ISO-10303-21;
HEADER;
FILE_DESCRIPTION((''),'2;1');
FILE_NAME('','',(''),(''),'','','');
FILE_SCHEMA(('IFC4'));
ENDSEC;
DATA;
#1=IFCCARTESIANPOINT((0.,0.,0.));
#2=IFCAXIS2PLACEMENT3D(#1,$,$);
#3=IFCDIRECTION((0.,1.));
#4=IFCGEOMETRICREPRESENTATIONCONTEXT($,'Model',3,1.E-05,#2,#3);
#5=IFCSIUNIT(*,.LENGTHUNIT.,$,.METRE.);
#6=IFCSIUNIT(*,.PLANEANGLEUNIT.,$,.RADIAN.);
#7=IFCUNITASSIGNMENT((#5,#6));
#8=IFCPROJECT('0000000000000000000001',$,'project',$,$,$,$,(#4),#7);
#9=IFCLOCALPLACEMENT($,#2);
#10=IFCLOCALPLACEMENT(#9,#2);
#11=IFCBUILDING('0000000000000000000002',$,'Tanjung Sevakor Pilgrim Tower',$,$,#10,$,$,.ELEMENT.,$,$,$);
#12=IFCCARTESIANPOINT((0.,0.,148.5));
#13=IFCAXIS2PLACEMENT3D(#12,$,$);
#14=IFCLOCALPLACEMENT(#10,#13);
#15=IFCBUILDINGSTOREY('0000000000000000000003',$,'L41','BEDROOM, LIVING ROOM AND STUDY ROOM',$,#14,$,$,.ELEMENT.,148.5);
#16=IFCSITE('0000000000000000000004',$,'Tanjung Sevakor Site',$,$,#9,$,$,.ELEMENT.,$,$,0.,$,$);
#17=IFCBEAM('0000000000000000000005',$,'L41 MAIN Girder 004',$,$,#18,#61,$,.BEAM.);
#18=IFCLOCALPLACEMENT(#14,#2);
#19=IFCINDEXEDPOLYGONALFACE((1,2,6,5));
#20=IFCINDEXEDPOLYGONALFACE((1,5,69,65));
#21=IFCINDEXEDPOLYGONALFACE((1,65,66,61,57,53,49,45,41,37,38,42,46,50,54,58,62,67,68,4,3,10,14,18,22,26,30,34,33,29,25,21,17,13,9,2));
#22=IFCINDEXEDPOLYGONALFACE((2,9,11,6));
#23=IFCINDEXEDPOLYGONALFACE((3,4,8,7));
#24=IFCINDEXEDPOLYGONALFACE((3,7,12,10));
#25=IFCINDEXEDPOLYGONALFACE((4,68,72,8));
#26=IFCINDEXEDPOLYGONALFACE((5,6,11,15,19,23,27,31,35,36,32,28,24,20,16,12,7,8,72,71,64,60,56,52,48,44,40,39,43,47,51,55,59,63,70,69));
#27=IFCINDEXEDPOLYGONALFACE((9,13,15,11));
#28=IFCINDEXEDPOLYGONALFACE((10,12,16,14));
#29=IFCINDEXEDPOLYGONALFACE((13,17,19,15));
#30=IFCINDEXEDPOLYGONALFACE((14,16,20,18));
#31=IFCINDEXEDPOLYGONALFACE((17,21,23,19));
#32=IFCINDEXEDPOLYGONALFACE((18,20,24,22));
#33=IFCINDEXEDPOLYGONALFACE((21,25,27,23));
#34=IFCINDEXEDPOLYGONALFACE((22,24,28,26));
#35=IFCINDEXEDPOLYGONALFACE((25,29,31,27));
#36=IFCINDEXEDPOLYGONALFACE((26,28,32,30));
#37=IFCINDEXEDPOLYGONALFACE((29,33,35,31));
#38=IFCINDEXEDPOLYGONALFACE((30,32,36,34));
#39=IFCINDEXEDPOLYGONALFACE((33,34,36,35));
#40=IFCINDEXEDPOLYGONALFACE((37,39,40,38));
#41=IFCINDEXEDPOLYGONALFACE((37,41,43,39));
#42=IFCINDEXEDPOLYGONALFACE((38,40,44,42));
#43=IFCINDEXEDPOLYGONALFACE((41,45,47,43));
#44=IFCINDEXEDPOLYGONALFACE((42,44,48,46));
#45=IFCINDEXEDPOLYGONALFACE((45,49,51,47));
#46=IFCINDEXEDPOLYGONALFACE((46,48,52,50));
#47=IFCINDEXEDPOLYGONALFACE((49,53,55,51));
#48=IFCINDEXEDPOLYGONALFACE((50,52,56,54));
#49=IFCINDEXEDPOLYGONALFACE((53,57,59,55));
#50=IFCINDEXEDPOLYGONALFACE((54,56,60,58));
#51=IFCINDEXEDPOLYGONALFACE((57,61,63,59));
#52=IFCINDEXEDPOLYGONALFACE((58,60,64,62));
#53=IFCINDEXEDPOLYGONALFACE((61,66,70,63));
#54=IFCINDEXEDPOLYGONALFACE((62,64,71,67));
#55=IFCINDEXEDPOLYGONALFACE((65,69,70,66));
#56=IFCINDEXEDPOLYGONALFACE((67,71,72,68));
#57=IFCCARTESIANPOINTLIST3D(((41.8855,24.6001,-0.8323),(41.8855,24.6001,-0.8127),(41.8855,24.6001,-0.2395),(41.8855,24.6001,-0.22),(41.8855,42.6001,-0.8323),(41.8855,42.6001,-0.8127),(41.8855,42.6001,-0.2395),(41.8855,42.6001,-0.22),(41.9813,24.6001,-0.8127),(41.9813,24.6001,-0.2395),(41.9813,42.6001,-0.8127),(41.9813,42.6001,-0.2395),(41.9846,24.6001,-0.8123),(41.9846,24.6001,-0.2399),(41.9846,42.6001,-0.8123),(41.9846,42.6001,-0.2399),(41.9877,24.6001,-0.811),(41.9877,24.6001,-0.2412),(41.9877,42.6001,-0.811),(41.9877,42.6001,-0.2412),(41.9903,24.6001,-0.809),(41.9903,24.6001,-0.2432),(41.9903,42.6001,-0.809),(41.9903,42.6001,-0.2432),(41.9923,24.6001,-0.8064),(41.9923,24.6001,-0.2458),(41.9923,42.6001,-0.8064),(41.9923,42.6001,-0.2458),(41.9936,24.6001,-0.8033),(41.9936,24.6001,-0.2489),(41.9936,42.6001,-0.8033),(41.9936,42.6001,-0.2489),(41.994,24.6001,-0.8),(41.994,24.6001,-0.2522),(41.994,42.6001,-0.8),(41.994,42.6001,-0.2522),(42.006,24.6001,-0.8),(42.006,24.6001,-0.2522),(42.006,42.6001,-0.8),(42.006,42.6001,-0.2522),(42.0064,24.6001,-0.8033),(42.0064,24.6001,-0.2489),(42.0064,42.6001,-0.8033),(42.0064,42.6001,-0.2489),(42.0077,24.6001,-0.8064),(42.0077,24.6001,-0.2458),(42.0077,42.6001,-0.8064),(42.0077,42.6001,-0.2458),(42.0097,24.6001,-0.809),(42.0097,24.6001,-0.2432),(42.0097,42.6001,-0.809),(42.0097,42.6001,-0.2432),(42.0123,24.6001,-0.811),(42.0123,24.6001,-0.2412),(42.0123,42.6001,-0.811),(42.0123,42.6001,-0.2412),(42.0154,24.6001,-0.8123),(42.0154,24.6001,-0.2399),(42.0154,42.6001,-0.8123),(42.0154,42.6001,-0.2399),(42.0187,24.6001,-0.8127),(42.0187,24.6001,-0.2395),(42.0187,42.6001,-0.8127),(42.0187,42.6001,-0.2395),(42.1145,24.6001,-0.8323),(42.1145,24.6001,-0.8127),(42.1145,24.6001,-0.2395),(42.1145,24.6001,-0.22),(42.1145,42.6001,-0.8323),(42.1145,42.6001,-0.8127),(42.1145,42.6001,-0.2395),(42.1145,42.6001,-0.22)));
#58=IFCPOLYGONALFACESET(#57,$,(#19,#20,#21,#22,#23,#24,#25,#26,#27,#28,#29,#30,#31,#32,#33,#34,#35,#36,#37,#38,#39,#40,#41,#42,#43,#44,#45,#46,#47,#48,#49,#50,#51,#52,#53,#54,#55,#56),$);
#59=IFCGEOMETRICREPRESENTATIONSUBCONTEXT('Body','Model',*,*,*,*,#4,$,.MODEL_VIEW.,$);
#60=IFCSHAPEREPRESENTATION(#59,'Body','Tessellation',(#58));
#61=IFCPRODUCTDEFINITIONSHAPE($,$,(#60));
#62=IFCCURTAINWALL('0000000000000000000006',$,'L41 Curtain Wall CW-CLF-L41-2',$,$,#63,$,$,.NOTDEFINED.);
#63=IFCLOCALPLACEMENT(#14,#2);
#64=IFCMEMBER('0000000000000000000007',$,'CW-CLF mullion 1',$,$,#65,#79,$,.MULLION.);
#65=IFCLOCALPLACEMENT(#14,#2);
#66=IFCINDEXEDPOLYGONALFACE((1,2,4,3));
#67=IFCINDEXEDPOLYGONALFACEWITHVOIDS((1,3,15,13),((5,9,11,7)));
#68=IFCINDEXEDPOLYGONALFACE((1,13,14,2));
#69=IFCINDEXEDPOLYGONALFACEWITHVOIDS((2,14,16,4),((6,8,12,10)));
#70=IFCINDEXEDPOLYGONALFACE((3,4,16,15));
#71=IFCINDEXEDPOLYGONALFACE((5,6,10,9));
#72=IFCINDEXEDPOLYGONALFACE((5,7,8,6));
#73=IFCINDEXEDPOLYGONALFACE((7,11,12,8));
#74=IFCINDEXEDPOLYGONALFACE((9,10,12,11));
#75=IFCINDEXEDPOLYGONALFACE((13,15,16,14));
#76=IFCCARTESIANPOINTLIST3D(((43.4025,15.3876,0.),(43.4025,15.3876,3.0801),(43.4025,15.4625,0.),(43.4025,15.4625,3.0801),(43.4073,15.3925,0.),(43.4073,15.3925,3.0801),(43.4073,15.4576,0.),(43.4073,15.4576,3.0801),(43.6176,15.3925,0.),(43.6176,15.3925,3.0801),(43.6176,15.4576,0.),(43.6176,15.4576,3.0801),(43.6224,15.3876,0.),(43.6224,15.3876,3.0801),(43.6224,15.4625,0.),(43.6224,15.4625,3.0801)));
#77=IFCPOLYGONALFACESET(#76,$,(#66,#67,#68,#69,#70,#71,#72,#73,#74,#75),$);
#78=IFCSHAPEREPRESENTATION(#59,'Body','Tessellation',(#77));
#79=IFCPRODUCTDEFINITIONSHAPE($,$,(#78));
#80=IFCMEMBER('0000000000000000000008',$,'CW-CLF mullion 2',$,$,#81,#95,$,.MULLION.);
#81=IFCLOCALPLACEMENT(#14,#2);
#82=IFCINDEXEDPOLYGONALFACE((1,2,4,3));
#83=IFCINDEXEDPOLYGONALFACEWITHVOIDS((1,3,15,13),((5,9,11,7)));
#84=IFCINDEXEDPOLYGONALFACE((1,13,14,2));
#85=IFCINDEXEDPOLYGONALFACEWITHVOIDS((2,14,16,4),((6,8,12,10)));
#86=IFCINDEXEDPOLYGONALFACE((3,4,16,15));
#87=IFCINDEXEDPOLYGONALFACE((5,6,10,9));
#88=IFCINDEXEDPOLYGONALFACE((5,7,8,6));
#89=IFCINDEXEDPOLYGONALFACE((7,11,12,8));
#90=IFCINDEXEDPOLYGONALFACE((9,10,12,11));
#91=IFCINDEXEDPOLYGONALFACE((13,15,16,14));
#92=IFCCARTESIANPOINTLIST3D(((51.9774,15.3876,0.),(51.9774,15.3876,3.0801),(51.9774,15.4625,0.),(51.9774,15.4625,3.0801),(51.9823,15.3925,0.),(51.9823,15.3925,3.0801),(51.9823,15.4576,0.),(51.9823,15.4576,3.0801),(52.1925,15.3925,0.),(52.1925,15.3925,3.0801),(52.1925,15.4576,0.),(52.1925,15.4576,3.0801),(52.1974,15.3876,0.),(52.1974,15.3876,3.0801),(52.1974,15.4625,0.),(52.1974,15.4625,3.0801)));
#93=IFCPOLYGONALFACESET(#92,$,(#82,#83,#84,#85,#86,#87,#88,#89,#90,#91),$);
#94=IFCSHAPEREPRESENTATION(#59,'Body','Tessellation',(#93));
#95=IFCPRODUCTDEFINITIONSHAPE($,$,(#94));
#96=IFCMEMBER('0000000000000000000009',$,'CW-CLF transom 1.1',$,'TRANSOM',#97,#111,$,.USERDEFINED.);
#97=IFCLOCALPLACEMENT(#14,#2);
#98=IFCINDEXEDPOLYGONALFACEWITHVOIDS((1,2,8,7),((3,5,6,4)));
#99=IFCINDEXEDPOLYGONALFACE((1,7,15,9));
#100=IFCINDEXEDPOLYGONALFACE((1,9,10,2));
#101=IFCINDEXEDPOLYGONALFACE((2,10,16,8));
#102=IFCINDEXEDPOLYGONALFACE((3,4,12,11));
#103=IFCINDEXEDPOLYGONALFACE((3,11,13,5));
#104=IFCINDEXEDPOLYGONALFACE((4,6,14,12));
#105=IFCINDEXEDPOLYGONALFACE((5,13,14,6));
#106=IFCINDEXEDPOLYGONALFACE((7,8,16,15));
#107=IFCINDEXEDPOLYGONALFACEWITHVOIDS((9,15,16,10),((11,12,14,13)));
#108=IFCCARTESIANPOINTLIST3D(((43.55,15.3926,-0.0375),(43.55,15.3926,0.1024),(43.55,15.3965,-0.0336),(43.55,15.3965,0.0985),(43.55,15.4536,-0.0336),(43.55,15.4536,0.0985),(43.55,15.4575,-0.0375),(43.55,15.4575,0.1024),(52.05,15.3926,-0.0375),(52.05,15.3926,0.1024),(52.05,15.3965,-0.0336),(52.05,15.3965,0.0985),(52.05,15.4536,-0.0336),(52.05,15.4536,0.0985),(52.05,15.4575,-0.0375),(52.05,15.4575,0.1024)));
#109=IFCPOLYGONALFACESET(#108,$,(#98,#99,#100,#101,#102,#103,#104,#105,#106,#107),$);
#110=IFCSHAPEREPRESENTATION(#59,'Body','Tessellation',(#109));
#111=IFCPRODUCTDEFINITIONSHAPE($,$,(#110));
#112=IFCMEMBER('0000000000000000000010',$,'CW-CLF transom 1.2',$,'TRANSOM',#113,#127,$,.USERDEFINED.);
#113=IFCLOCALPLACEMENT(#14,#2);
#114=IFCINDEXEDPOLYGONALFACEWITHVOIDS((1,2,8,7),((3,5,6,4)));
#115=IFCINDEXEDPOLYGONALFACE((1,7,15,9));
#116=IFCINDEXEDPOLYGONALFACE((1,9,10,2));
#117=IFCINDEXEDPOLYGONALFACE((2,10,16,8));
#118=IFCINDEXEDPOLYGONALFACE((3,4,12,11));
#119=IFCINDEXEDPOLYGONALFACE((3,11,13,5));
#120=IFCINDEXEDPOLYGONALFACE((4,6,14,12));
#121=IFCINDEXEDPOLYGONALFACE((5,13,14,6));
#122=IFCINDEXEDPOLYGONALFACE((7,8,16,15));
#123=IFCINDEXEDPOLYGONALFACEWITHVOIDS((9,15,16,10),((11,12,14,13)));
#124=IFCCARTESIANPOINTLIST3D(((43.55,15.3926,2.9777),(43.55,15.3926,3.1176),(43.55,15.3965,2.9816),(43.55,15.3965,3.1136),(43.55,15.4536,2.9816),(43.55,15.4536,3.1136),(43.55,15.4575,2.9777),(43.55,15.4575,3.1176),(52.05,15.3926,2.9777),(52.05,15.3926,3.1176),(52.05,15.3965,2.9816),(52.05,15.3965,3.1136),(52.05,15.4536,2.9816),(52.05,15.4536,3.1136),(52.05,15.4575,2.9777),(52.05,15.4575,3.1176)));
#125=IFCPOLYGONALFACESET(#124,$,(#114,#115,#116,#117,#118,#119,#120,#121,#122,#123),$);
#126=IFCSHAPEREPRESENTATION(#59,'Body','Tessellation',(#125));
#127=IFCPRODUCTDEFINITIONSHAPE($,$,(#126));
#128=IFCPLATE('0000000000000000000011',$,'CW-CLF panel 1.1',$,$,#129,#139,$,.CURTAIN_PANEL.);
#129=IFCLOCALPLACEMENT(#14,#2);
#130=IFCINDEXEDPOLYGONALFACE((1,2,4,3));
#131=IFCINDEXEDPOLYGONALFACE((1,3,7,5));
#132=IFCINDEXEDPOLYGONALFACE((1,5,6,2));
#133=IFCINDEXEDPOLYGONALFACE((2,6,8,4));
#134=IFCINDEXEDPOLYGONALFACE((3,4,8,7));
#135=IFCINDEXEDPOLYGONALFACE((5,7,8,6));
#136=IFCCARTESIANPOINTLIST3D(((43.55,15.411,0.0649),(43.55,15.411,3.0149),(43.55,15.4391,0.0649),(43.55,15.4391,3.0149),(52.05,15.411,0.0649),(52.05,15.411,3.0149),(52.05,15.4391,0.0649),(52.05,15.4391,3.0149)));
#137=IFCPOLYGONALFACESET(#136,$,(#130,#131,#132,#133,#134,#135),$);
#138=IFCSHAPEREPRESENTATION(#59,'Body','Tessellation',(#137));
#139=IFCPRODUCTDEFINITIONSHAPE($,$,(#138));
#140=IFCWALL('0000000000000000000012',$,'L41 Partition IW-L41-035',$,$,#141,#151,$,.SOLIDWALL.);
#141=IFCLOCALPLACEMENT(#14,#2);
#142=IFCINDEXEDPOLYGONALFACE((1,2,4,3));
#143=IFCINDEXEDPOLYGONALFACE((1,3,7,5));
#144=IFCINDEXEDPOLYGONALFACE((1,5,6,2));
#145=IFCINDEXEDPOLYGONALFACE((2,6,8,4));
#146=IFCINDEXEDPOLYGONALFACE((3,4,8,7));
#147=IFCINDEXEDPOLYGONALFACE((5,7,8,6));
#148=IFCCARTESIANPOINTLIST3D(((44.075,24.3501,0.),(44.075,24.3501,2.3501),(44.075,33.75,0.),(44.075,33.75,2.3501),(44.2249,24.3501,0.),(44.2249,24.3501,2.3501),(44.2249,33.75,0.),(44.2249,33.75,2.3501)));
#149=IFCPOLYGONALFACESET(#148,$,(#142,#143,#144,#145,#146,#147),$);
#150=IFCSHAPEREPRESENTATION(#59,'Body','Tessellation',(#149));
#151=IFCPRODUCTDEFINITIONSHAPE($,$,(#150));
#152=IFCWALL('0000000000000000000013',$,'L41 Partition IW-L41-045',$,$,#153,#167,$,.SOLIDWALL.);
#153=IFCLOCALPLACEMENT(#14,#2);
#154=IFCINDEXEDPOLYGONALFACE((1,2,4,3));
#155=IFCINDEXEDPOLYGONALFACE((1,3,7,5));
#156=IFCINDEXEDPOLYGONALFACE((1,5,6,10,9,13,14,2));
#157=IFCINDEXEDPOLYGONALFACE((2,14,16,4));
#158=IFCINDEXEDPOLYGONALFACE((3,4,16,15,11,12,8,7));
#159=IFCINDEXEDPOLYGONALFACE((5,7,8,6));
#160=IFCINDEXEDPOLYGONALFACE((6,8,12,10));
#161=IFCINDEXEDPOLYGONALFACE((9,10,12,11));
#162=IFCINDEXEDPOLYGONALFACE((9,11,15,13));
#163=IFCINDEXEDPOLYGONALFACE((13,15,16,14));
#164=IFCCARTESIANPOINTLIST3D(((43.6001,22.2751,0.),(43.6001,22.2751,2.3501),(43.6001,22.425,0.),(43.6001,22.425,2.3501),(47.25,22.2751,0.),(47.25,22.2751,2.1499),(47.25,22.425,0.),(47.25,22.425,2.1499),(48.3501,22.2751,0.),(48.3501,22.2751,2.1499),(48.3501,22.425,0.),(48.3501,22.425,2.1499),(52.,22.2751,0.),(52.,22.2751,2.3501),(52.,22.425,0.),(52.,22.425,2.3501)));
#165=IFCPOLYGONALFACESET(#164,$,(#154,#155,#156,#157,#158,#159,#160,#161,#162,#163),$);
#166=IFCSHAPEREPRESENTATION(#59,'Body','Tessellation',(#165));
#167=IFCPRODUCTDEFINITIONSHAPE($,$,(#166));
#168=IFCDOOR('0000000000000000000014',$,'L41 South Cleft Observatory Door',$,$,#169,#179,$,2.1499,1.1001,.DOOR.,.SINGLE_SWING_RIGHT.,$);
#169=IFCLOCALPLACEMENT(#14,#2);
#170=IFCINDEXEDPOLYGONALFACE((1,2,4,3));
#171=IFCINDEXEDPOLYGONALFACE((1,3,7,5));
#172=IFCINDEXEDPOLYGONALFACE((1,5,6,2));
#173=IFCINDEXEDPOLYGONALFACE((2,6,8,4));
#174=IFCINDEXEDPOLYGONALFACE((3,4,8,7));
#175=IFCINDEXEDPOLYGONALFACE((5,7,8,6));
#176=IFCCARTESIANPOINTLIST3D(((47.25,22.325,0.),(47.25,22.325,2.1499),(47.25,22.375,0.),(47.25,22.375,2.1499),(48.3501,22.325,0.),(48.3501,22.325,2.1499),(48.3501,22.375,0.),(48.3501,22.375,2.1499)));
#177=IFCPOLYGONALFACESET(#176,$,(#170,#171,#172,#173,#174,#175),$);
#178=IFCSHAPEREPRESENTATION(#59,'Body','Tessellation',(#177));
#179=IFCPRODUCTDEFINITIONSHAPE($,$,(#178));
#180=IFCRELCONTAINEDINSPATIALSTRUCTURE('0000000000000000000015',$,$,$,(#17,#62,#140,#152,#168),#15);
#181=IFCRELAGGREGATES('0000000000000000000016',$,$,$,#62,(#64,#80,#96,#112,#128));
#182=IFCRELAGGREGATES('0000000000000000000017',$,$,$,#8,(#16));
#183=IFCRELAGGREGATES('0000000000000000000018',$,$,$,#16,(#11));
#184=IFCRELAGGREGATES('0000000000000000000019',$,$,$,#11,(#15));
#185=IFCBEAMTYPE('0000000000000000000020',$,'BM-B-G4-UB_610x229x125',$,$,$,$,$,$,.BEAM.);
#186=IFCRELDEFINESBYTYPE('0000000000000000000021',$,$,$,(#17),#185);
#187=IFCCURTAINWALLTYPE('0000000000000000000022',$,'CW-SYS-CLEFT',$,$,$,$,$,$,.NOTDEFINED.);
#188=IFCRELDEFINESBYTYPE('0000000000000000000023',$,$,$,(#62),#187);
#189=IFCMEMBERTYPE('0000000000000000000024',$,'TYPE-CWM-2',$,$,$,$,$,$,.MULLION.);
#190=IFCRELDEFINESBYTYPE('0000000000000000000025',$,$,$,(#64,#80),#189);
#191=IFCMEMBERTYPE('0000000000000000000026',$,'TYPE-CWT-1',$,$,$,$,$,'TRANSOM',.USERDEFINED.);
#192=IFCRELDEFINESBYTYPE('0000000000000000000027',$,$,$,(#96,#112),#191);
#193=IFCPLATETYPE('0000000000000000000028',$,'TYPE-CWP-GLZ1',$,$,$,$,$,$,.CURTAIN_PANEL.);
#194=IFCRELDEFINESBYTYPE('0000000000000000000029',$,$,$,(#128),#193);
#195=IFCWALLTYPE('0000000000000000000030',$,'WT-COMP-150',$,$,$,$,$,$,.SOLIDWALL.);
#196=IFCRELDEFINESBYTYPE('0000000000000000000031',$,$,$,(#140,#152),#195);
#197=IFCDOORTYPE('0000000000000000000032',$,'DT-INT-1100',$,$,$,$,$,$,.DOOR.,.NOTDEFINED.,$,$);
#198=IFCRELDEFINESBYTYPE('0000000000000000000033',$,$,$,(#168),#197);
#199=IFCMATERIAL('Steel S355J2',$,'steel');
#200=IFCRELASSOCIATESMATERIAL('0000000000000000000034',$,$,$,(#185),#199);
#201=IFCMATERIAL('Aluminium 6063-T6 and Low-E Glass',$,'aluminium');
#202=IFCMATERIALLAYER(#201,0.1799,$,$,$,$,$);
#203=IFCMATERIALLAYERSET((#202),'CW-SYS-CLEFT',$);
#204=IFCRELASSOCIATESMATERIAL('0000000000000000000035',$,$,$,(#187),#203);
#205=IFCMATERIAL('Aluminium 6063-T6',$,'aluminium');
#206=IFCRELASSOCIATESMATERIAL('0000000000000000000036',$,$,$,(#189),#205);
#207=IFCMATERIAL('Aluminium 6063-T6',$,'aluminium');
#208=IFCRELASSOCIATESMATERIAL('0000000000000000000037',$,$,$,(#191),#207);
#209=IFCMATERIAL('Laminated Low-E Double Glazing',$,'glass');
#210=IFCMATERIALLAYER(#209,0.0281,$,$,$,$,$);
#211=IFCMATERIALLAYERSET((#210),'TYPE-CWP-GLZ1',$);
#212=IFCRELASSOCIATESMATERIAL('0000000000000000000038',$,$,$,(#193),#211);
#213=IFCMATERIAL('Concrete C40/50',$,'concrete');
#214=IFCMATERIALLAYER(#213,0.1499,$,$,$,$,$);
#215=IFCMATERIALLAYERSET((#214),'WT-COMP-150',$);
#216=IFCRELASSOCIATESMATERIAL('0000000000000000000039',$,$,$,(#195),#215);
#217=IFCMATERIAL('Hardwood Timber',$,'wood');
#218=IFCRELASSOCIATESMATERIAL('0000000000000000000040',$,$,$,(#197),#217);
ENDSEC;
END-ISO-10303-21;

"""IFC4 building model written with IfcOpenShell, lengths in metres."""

from ifc_helpers import new_model, si_unit, direction, frame, frame_2d, origin, origin_2d, place, context, subcontext, project, spatial, rectangle, hollow_rectangle, i_section, extrude, material, layer, layer_set, material_profile, profile_set, type_object, element, fill, aggregate, save


model = new_model("IFC4")

# Units and contexts
model_context = context("Model", 3, precision=1e-05, world=origin(), true_north=direction((0.0, 1.0)))
body_context = subcontext(model_context, "Body", "Model", "MODEL_VIEW")
ifc_project = project(units=[si_unit("LENGTHUNIT", "METRE"), si_unit("PLANEANGLEUNIT", "RADIAN")], contexts=[model_context])

# Site, building, storey
site_placement = place(None, origin())
site = spatial("IfcSite", under=ifc_project, at=site_placement, Name="Tanjung Sevakor Site", CompositionType="ELEMENT", RefElevation=0.0)
building_placement = place(site_placement, origin())
building = spatial("IfcBuilding", under=site, at=building_placement, Name="Tanjung Sevakor Pilgrim Tower", CompositionType="ELEMENT")
storey_placement = place(building_placement, frame((0.0, 0.0, 148.5)))
storey = spatial("IfcBuildingStorey", under=building, at=storey_placement, Name="L41", Description="BEDROOM, LIVING ROOM AND STUDY ROOM", CompositionType="ELEMENT", Elevation=148.5)

# Beam
ifc_material_1 = material(Name="Steel S355J2", Category="steel")
ifc_material_profile_1 = material_profile(ifc_material_1, i_section(OverallWidth=0.229, OverallDepth=0.6123, WebThickness=0.012, FlangeThickness=0.0195, FilletRadius=0.0127, at=origin_2d()))
ifc_profile_set_1 = profile_set([ifc_material_profile_1], Name="Steel S355J2")
beam_type_1 = type_object("IfcBeamType", Name="BM-B-G4-UB_610x229x125", PredefinedType="BEAM", material=ifc_profile_set_1)
beam_1_placement = place(storey_placement, frame((42.0, 24.6001, -0.5261), z_axis=(0.0, 1.0, 0.0), x_axis=(-1.0, 0.0, 0.0)))
element("IfcBeam", 1, at=beam_1_placement, inside=storey, type_object=beam_type_1, Name="L41 MAIN Girder 004", PredefinedType="BEAM", context=body_context, shape_type="SweptSolid", body=[
    extrude(i_section(OverallWidth=0.229, OverallDepth=0.6123, WebThickness=0.012, FlangeThickness=0.0195, FilletRadius=0.0127, at=origin_2d()), origin(), (0.0, 0.0, 1.0), 18.0),
])

# Curtain wall, members, plate
ifc_material_2 = material(Name="Aluminium 6063-T6 and Low-E Glass", Category="aluminium")
ifc_layer_1 = layer(ifc_material_2, 0.1799)
ifc_layer_set_1 = layer_set([ifc_layer_1], Name="CW-SYS-CLEFT")
curtain_wall_type = type_object("IfcCurtainWallType", Name="CW-SYS-CLEFT", PredefinedType="NOTDEFINED", material=ifc_layer_set_1)
curtain_wall_placement = place(storey_placement, origin())
curtain_wall = element("IfcCurtainWall", 2, at=curtain_wall_placement, inside=storey, type_object=curtain_wall_type, Name="L41 Curtain Wall CW-CLF-L41-2", PredefinedType="NOTDEFINED")
ifc_material_3 = material(Name="Aluminium 6063-T6", Category="aluminium")
ifc_material_profile_2 = material_profile(ifc_material_3, hollow_rectangle(XDim=0.075, YDim=0.22, WallThickness=0.0049, at=origin_2d()))
ifc_profile_set_2 = profile_set([ifc_material_profile_2], Name="Aluminium 6063-T6")
member_type_1 = type_object("IfcMemberType", Name="TYPE-CWM-2", PredefinedType="MULLION", material=ifc_profile_set_2)
member_1_placement = place(storey_placement, frame((43.5125, 15.425, 0.0), z_axis=(0.0, 0.0, 1.0), x_axis=(0.0, 1.0, 0.0)))
member_1 = element("IfcMember", 3, at=member_1_placement, type_object=member_type_1, Name="CW-CLF mullion 1", PredefinedType="MULLION", context=body_context, shape_type="SweptSolid", body=[
    extrude(hollow_rectangle(XDim=0.075, YDim=0.22, WallThickness=0.0049, at=origin_2d()), origin(), (0.0, 0.0, 1.0), 3.0801),
])
member_2_placement = place(storey_placement, frame((52.0874, 15.425, 0.0), z_axis=(0.0, 0.0, 1.0), x_axis=(0.0, 1.0, 0.0)))
member_2 = element("IfcMember", 4, at=member_2_placement, type_object=member_type_1, Name="CW-CLF mullion 2", PredefinedType="MULLION", context=body_context, shape_type="SweptSolid", body=[
    extrude(hollow_rectangle(XDim=0.075, YDim=0.22, WallThickness=0.0049, at=origin_2d()), origin(), (0.0, 0.0, 1.0), 3.0801),
])
ifc_material_4 = material(Name="Aluminium 6063-T6", Category="aluminium")
ifc_material_profile_3 = material_profile(ifc_material_4, hollow_rectangle(XDim=0.0649, YDim=0.1399, WallThickness=0.0039, at=origin_2d()))
ifc_profile_set_3 = profile_set([ifc_material_profile_3], Name="Aluminium 6063-T6")
member_type_2 = type_object("IfcMemberType", Name="TYPE-CWT-1", ElementType="TRANSOM", PredefinedType="USERDEFINED", material=ifc_profile_set_3)
member_3_placement = place(storey_placement, frame((43.55, 15.425, 0.0325), z_axis=(1.0, 0.0, 0.0), x_axis=(0.0, 1.0, 0.0)))
member_3 = element("IfcMember", 5, at=member_3_placement, type_object=member_type_2, Name="CW-CLF transom 1.1", ObjectType="TRANSOM", PredefinedType="USERDEFINED", context=body_context, shape_type="SweptSolid", body=[
    extrude(hollow_rectangle(XDim=0.0649, YDim=0.1399, WallThickness=0.0039, at=origin_2d()), origin(), (0.0, 0.0, 1.0), 8.5),
])
member_4_placement = place(storey_placement, frame((43.55, 15.425, 3.0476), z_axis=(1.0, 0.0, 0.0), x_axis=(0.0, 1.0, 0.0)))
member_4 = element("IfcMember", 6, at=member_4_placement, type_object=member_type_2, Name="CW-CLF transom 1.2", ObjectType="TRANSOM", PredefinedType="USERDEFINED", context=body_context, shape_type="SweptSolid", body=[
    extrude(hollow_rectangle(XDim=0.0649, YDim=0.1399, WallThickness=0.0039, at=origin_2d()), origin(), (0.0, 0.0, 1.0), 8.5),
])
ifc_material_5 = material(Name="Laminated Low-E Double Glazing", Category="glass")
ifc_layer_2 = layer(ifc_material_5, 0.0281)
ifc_layer_set_2 = layer_set([ifc_layer_2], Name="TYPE-CWP-GLZ1")
plate_type = type_object("IfcPlateType", Name="TYPE-CWP-GLZ1", PredefinedType="CURTAIN_PANEL", material=ifc_layer_set_2)
plate_placement = place(storey_placement, frame((47.8, 15.425, 0.0649), z_axis=(0.0, 0.0, 1.0), x_axis=(1.0, 0.0, 0.0)))
plate = element("IfcPlate", 7, at=plate_placement, type_object=plate_type, Name="CW-CLF panel 1.1", PredefinedType="CURTAIN_PANEL", context=body_context, shape_type="SweptSolid", body=[
    extrude(rectangle(XDim=8.5, YDim=0.0281, at=origin_2d()), origin(), (0.0, 0.0, 1.0), 2.95),
])
aggregate(curtain_wall, [member_1, member_2, member_3, member_4, plate])

# Wall
ifc_material_6 = material(Name="Concrete C40/50", Category="concrete")
ifc_layer_3 = layer(ifc_material_6, 0.1499)
ifc_layer_set_3 = layer_set([ifc_layer_3], Name="WT-COMP-150")
wall_type_1 = type_object("IfcWallType", Name="WT-COMP-150", PredefinedType="SOLIDWALL", material=ifc_layer_set_3)
wall_1_placement = place(storey_placement, frame((44.1499, 24.3501, 0.0), z_axis=(0.0, 0.0, 1.0), x_axis=(0.0, 1.0, 0.0)))
element("IfcWall", 8, at=wall_1_placement, inside=storey, type_object=wall_type_1, Name="L41 Partition IW-L41-035", PredefinedType="SOLIDWALL", context=body_context, shape_type="SweptSolid", body=[
    extrude(rectangle(XDim=9.3999, YDim=0.1499, at=frame_2d((4.7, 0.0))), origin(), (0.0, 0.0, 1.0), 2.3501),
])

# Wall, opening, door
wall_2_placement = place(storey_placement, frame((43.6001, 22.3501, 0.0), z_axis=(0.0, 0.0, 1.0), x_axis=(1.0, 0.0, 0.0)))
wall_2 = element("IfcWall", 9, at=wall_2_placement, inside=storey, type_object=wall_type_1, Name="L41 Partition IW-L41-045", PredefinedType="SOLIDWALL", context=body_context, shape_type="SweptSolid", body=[
    extrude(rectangle(XDim=8.3999, YDim=0.1499, at=frame_2d((4.2, 0.0))), origin(), (0.0, 0.0, 1.0), 2.3501),
])
opening_1_placement = place(wall_2_placement, frame((3.6499, 0.0, 0.0)))
opening_1 = element("IfcOpeningElement", 10, at=opening_1_placement, cuts=wall_2, PredefinedType="OPENING", context=body_context, shape_type="SweptSolid", body=[
    extrude(rectangle(XDim=1.1001, YDim=2.1499, at=frame_2d((0.55, 1.075))), frame((0.0, 0.085, 0.0), z_axis=(0.0, -1.0, 0.0), x_axis=(1.0, 0.0, 0.0)), (0.0, 0.0, 1.0), 0.1699),
])
ifc_material_7 = material(Name="Hardwood Timber", Category="wood")
door_type_1 = type_object("IfcDoorType", Name="DT-INT-1100", OperationType="NOTDEFINED", PredefinedType="DOOR", material=ifc_material_7)
door_1_placement = place(opening_1_placement, origin())
door_1 = element("IfcDoor", 11, at=door_1_placement, inside=storey, type_object=door_type_1, Name="L41 South Cleft Observatory Door", OperationType="SINGLE_SWING_RIGHT", OverallHeight=2.1499, OverallWidth=1.1001, PredefinedType="DOOR", context=body_context, shape_type="SweptSolid", body=[
    extrude(rectangle(XDim=1.1001, YDim=2.1499, at=frame_2d((0.55, 1.075))), frame((0.0, 0.0249, 0.0), z_axis=(0.0, -1.0, 0.0), x_axis=(1.0, 0.0, 0.0)), (0.0, 0.0, 1.0), 0.05),
])
fill(opening_1, door_1)

save(model, "model.ifc")
